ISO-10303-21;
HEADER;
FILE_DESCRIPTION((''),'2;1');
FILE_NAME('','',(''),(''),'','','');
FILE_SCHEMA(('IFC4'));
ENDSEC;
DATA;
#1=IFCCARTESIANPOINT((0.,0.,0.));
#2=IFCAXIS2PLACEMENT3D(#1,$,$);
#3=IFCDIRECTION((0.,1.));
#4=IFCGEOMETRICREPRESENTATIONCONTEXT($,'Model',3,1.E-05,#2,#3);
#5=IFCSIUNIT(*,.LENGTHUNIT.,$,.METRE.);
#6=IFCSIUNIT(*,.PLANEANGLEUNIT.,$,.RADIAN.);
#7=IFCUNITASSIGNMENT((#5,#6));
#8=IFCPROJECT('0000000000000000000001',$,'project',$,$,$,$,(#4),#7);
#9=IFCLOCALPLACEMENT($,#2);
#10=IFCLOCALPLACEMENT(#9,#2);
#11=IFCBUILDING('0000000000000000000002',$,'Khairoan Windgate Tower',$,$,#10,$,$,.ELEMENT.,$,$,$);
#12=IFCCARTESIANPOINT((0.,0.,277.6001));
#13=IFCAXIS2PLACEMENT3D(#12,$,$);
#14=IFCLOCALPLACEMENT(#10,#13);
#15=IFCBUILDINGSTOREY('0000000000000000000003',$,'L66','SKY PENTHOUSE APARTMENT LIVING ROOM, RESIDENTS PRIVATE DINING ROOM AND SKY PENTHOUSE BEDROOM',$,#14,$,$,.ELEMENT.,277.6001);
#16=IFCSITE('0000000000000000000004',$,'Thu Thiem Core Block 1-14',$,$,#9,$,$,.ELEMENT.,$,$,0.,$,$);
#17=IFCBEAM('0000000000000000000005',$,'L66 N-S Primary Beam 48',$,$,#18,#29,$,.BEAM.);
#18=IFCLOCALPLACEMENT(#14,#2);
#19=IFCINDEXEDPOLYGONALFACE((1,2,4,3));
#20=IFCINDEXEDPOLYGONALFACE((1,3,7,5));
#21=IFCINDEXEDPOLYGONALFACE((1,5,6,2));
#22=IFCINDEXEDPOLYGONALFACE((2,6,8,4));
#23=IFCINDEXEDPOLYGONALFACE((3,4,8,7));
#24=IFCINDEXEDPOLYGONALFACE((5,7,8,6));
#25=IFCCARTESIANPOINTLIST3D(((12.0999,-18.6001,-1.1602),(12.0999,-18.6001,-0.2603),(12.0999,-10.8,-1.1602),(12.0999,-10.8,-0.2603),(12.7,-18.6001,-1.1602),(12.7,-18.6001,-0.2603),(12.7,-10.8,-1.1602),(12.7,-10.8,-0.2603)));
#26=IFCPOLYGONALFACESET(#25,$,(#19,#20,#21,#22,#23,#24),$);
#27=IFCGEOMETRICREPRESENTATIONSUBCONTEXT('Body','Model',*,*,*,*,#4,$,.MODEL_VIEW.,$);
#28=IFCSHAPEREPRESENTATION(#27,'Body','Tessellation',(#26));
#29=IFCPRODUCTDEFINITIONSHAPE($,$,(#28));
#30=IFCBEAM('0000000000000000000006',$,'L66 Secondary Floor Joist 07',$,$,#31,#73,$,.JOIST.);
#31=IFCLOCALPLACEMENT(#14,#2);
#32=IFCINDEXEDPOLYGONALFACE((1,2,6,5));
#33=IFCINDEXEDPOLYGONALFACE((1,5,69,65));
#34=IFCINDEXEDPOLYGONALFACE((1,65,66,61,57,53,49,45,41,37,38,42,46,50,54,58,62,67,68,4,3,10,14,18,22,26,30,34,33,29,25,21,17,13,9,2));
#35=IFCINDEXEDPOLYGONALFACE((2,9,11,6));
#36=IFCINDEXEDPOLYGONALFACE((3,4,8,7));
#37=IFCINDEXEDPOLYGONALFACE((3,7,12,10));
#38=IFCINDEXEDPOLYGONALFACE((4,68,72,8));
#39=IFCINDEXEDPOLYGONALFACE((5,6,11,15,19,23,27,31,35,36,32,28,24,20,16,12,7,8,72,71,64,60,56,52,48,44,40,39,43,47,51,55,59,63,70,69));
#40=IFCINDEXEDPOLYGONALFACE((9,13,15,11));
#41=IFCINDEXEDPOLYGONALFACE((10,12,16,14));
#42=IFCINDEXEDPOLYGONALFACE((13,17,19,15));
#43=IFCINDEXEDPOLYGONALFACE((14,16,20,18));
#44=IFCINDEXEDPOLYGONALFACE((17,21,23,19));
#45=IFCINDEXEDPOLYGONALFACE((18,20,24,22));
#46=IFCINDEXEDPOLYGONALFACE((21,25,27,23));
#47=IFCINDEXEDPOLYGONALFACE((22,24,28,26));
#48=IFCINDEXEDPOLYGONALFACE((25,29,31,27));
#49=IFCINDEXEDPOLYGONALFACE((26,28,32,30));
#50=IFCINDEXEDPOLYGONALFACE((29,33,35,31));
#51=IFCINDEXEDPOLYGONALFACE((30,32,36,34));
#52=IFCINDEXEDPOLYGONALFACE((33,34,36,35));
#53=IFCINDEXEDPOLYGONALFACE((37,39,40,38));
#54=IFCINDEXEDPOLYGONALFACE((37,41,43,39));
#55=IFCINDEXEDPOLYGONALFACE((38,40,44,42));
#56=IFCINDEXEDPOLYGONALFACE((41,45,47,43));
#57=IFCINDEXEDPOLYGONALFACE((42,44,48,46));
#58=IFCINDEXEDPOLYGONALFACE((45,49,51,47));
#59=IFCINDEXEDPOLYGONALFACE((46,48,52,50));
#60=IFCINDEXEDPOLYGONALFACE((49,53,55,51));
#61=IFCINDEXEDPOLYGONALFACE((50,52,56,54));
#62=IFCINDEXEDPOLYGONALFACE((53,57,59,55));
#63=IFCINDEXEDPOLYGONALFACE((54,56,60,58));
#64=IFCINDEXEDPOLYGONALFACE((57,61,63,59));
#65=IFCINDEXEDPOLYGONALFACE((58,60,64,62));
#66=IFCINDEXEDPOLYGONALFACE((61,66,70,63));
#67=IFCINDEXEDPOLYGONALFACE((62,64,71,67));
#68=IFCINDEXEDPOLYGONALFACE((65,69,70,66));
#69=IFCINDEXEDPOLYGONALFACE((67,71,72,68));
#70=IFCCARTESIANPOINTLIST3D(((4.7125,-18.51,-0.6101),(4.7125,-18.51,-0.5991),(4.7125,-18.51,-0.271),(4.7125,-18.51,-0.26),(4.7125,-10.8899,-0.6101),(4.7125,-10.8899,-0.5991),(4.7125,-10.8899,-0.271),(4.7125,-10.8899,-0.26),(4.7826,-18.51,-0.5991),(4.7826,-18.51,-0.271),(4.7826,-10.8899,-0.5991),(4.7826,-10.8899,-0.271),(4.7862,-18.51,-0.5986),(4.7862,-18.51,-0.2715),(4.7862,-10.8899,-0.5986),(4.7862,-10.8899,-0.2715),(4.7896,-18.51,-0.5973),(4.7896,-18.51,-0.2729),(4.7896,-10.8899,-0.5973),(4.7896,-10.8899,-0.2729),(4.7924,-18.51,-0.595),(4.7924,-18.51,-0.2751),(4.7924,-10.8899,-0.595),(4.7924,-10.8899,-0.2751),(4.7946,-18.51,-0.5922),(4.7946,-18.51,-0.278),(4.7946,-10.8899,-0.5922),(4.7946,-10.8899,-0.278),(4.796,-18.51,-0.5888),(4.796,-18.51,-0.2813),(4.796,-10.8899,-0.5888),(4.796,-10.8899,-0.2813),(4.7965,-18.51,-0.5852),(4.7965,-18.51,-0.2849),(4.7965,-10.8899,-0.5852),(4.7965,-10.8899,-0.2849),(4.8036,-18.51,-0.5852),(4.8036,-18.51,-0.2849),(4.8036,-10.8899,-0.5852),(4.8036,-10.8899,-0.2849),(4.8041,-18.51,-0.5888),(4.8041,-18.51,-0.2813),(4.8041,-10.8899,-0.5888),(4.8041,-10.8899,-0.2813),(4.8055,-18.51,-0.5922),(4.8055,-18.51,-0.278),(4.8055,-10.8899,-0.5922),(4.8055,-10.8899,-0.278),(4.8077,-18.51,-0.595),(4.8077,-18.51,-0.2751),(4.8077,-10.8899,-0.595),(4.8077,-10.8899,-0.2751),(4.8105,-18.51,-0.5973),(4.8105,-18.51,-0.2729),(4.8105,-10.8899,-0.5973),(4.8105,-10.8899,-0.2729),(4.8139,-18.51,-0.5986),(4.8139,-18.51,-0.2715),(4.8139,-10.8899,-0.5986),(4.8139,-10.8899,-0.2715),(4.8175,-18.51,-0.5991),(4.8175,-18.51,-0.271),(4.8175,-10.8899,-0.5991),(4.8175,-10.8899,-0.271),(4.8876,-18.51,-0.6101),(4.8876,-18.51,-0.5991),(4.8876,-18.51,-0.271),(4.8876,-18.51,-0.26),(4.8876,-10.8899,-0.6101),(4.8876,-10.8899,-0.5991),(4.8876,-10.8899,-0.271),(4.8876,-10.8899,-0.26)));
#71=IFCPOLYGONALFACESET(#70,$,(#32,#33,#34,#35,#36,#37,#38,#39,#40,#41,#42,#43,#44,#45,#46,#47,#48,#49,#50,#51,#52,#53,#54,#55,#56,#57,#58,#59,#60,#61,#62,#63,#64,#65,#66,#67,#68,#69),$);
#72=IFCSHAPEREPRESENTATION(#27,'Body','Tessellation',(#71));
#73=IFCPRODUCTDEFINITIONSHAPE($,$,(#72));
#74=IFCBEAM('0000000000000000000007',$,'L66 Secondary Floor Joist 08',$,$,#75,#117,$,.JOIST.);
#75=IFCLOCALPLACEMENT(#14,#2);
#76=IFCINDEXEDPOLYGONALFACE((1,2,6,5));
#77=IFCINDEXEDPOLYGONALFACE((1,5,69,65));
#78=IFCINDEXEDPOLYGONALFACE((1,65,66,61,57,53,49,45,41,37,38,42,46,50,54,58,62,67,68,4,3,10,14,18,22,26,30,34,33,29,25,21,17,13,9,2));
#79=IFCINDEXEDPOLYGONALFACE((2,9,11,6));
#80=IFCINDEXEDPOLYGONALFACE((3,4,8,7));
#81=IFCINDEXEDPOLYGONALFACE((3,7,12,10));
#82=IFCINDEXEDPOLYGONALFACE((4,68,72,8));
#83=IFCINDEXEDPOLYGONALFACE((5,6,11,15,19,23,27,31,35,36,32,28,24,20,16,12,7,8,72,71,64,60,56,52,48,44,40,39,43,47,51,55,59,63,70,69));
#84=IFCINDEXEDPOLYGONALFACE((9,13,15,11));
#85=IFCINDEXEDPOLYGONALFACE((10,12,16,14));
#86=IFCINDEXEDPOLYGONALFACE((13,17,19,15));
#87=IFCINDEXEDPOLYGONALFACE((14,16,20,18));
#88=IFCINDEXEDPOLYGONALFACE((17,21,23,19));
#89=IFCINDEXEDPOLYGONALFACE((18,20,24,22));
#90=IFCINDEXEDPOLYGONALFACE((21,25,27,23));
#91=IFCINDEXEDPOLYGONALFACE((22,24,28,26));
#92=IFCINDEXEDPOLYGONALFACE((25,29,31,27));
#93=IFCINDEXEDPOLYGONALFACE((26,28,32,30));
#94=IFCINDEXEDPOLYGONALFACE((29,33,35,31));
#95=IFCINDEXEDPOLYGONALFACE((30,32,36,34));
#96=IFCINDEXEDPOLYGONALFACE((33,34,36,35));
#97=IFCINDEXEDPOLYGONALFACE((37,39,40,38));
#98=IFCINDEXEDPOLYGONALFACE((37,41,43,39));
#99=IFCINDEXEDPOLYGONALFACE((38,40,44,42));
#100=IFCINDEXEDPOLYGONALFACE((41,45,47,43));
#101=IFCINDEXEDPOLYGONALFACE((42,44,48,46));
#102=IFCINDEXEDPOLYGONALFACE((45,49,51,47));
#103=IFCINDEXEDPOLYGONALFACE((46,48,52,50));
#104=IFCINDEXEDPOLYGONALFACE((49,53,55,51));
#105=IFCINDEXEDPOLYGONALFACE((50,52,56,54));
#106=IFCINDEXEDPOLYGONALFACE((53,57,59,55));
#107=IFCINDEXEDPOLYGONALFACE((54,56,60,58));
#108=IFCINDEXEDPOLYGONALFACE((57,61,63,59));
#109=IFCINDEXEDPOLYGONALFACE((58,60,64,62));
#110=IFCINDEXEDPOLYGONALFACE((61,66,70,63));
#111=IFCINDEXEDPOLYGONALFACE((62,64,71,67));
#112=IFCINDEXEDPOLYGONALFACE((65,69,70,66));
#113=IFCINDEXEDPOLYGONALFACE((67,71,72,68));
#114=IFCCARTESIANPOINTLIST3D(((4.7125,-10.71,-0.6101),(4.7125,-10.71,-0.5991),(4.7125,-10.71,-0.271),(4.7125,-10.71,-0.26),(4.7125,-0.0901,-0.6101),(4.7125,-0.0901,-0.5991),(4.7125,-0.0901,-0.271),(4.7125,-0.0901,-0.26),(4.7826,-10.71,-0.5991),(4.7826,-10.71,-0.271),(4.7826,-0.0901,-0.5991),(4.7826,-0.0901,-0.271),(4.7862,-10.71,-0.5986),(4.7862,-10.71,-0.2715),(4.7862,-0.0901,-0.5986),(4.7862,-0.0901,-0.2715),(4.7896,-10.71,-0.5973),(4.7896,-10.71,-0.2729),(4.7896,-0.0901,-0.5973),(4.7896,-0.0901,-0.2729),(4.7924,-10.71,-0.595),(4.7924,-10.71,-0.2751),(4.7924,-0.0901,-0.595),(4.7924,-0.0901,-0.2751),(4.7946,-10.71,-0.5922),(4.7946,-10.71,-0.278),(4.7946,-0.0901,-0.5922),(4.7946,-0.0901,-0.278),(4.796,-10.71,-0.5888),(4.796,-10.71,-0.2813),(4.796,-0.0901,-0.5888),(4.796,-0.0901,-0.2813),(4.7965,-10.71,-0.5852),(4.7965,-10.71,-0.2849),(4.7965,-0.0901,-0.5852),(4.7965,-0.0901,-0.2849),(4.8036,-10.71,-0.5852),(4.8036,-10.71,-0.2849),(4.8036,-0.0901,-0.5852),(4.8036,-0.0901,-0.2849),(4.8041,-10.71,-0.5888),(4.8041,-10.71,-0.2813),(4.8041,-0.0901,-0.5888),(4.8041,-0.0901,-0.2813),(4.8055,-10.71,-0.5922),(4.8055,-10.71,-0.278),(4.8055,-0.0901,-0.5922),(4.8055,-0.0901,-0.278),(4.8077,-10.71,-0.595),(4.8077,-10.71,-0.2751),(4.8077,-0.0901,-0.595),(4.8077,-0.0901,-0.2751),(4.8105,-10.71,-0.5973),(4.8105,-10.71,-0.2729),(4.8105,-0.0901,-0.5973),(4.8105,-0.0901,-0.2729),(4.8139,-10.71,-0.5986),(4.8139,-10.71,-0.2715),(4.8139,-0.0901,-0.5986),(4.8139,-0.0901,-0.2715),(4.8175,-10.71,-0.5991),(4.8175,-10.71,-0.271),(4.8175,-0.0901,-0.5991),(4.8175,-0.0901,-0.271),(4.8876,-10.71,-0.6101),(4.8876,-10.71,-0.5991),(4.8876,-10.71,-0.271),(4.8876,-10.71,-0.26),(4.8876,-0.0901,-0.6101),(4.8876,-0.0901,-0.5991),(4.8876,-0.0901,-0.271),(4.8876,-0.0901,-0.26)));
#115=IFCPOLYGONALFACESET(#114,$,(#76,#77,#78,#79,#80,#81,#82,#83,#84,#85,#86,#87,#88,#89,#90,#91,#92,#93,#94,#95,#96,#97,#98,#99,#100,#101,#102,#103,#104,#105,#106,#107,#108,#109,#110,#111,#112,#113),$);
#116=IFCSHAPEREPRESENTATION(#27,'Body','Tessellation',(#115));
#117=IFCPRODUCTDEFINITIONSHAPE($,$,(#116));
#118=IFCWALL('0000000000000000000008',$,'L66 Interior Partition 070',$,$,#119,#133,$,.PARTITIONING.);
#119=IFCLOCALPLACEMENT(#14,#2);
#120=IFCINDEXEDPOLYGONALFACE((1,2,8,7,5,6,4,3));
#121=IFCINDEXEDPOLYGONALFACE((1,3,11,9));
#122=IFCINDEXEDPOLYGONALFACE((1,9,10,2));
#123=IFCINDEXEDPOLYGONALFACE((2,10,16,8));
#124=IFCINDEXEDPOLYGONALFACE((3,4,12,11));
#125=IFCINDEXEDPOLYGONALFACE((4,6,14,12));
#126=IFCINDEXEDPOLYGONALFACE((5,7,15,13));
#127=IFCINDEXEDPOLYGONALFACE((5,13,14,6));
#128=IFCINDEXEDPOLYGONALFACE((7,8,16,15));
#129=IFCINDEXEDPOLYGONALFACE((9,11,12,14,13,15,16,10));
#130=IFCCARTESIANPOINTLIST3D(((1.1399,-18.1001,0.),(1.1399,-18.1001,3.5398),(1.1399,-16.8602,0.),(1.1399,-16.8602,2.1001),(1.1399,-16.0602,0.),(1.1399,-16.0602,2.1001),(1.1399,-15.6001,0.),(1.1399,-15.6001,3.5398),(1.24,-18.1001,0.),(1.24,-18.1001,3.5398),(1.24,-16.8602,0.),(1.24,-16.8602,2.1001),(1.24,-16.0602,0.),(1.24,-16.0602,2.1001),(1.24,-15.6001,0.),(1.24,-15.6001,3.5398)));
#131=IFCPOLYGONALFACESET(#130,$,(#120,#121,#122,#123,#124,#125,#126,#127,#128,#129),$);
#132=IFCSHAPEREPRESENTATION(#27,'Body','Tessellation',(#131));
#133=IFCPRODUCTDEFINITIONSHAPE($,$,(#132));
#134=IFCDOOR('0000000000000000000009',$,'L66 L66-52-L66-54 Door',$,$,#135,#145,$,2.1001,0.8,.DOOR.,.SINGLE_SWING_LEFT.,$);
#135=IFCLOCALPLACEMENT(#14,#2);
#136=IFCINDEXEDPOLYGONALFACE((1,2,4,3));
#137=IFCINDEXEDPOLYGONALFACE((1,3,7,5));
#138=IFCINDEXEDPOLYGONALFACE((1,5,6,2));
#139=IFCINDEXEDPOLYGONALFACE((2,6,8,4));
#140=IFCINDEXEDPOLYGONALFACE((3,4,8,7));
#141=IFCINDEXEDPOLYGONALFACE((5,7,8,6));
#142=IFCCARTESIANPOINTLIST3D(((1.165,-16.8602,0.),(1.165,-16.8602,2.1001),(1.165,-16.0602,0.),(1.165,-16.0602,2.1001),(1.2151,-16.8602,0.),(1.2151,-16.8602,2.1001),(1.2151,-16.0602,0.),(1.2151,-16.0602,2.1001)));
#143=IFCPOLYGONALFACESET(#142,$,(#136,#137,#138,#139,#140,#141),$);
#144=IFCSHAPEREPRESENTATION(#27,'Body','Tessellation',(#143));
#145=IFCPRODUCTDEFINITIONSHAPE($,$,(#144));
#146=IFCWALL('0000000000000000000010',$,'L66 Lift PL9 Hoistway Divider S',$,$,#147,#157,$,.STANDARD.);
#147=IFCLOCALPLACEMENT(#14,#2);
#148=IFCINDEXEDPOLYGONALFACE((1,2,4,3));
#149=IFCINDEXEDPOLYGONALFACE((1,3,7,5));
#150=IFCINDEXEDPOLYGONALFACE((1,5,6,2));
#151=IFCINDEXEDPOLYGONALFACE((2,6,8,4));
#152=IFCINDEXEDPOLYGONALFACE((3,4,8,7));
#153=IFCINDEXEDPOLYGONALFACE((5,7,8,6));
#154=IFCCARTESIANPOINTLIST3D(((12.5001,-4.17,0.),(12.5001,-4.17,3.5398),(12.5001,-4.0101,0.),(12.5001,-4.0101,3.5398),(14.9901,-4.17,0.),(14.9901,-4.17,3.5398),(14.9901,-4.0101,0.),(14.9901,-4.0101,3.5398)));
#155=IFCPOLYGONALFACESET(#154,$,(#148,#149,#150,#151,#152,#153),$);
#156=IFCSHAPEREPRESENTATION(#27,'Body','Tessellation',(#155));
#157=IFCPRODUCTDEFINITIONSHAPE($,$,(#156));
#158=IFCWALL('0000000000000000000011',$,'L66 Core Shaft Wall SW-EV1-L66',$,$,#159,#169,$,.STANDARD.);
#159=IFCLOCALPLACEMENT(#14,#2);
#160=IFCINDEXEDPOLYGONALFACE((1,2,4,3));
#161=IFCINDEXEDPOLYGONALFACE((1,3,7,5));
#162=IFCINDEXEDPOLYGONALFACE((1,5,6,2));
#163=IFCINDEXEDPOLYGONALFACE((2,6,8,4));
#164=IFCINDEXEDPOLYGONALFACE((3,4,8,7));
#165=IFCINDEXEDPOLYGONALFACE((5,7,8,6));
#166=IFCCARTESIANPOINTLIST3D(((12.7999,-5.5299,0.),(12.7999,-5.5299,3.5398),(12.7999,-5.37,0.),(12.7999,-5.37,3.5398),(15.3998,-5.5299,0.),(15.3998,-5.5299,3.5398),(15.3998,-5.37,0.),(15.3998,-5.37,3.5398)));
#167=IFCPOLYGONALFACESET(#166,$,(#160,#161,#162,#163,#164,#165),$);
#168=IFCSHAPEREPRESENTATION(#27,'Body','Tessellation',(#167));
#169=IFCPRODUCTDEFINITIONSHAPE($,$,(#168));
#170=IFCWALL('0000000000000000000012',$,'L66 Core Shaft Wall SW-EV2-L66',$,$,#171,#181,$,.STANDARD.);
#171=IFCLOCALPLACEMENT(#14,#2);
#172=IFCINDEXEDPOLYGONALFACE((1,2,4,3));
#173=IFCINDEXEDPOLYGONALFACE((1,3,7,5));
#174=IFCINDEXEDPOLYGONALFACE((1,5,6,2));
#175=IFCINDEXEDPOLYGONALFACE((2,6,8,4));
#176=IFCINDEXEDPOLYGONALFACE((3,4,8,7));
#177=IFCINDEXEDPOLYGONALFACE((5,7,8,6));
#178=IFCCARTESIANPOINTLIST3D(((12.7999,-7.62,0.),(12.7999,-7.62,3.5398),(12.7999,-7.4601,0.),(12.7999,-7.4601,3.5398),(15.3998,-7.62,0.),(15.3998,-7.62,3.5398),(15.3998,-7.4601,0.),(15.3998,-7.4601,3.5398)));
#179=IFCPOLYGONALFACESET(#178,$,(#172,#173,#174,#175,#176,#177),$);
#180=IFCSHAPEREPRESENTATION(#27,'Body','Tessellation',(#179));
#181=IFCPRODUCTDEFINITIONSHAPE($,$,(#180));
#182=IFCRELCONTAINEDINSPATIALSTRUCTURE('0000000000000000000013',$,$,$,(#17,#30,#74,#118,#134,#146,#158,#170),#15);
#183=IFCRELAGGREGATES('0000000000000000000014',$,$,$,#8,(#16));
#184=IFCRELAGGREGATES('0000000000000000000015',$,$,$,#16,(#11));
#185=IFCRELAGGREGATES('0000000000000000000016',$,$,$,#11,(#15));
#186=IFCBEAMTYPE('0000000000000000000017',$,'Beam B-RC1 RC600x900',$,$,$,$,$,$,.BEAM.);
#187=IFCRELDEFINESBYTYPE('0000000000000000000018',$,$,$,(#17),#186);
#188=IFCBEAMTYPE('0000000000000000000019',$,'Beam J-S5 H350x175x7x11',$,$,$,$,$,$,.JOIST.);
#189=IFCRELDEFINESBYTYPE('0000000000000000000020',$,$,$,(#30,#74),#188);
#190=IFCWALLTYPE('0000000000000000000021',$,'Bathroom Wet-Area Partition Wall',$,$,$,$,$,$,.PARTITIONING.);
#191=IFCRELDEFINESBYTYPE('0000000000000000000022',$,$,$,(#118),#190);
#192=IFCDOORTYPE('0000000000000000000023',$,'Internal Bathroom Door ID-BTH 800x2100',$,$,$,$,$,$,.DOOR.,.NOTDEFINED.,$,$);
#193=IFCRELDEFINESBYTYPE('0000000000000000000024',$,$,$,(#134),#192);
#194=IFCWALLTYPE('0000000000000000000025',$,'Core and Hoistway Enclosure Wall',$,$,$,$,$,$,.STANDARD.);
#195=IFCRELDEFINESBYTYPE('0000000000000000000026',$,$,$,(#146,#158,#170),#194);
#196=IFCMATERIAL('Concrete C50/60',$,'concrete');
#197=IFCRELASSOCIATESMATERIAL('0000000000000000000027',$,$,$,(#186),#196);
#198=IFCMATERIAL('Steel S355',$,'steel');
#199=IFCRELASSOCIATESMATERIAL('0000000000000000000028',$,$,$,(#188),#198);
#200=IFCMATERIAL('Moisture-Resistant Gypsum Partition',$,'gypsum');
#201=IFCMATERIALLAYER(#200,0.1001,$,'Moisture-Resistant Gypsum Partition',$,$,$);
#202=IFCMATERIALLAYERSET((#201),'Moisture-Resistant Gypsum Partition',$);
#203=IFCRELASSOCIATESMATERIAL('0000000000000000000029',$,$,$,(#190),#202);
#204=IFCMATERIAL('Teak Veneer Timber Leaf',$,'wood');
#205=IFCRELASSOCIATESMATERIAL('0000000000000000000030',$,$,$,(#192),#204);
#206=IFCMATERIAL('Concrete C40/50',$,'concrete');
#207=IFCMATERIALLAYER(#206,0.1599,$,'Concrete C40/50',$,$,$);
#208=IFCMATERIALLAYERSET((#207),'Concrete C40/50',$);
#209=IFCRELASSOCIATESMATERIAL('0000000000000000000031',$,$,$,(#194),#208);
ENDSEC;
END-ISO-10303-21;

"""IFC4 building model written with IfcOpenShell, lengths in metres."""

from ifc_helpers import new_model, si_unit, direction, frame, frame_2d, origin, origin_2d, place, context, subcontext, project, spatial, rectangle, i_section, extrude, material, layer, layer_set, material_profile, profile_set, type_object, element, fill, save


model = new_model("IFC4")

# Units and contexts
model_context = context("Model", 3, precision=1e-05, world=origin(), true_north=direction((0.0, 1.0)))
body_context = subcontext(model_context, "Body", "Model", "MODEL_VIEW")
ifc_project = project(units=[si_unit("LENGTHUNIT", "METRE"), si_unit("PLANEANGLEUNIT", "RADIAN")], contexts=[model_context])

# Site, building, storey
site_placement = place(None, origin())
site = spatial("IfcSite", under=ifc_project, at=site_placement, Name="Thu Thiem Core Block 1-14", CompositionType="ELEMENT", RefElevation=0.0)
building_placement = place(site_placement, origin())
building = spatial("IfcBuilding", under=site, at=building_placement, Name="Khairoan Windgate Tower", CompositionType="ELEMENT")
storey_placement = place(building_placement, frame((0.0, 0.0, 277.6001)))
storey = spatial("IfcBuildingStorey", under=building, at=storey_placement, Name="L66", Description="SKY PENTHOUSE APARTMENT LIVING ROOM, RESIDENTS PRIVATE DINING ROOM AND SKY PENTHOUSE BEDROOM", CompositionType="ELEMENT", Elevation=277.6001)

# Beams
ifc_material_1 = material(Name="Concrete C50/60", Category="concrete")
ifc_material_profile_1 = material_profile(ifc_material_1, rectangle(XDim=0.6001, YDim=0.8999, at=origin_2d()))
ifc_profile_set_1 = profile_set([ifc_material_profile_1], Name="Concrete C50/60")
beam_type_1 = type_object("IfcBeamType", Name="Beam B-RC1 RC600x900", PredefinedType="BEAM", material=ifc_profile_set_1)
beam_1_placement = place(storey_placement, frame((12.3999, -18.6001, -0.7102), z_axis=(0.0, 1.0, 0.0), x_axis=(-1.0, 0.0, 0.0)))
element("IfcBeam", 1, at=beam_1_placement, inside=storey, type_object=beam_type_1, Name="L66 N-S Primary Beam 48", PredefinedType="BEAM", context=body_context, shape_type="SweptSolid", body=[
    extrude(rectangle(XDim=0.6001, YDim=0.8999, at=origin_2d()), origin(), (0.0, 0.0, 1.0), 7.8),
])
ifc_material_2 = material(Name="Steel S355", Category="steel")
ifc_material_profile_2 = material_profile(ifc_material_2, i_section(OverallWidth=0.175, OverallDepth=0.3501, WebThickness=0.0071, FlangeThickness=0.011, FilletRadius=0.0139, at=origin_2d()))
ifc_profile_set_2 = profile_set([ifc_material_profile_2], Name="Steel S355")
beam_type_2 = type_object("IfcBeamType", Name="Beam J-S5 H350x175x7x11", PredefinedType="JOIST", material=ifc_profile_set_2)
beam_2_placement = place(storey_placement, frame((4.8, -18.51, -0.4351), z_axis=(0.0, 1.0, 0.0), x_axis=(-1.0, 0.0, 0.0)))
element("IfcBeam", 2, at=beam_2_placement, inside=storey, type_object=beam_type_2, Name="L66 Secondary Floor Joist 07", PredefinedType="JOIST", context=body_context, shape_type="SweptSolid", body=[
    extrude(i_section(OverallWidth=0.175, OverallDepth=0.3501, WebThickness=0.0071, FlangeThickness=0.011, FilletRadius=0.0139, at=origin_2d()), origin(), (0.0, 0.0, 1.0), 7.6201),
])
beam_3_placement = place(storey_placement, frame((4.8, -10.71, -0.4351), z_axis=(0.0, 1.0, 0.0), x_axis=(-1.0, 0.0, 0.0)))
element("IfcBeam", 3, at=beam_3_placement, inside=storey, type_object=beam_type_2, Name="L66 Secondary Floor Joist 08", PredefinedType="JOIST", context=body_context, shape_type="SweptSolid", body=[
    extrude(i_section(OverallWidth=0.175, OverallDepth=0.3501, WebThickness=0.0071, FlangeThickness=0.011, FilletRadius=0.0139, at=origin_2d()), origin(), (0.0, 0.0, 1.0), 10.6199),
])

# Wall, opening, door
ifc_material_3 = material(Name="Moisture-Resistant Gypsum Partition", Category="gypsum")
ifc_layer_1 = layer(ifc_material_3, 0.1001, Name="Moisture-Resistant Gypsum Partition")
ifc_layer_set_1 = layer_set([ifc_layer_1], Name="Moisture-Resistant Gypsum Partition")
wall_type_1 = type_object("IfcWallType", Name="Bathroom Wet-Area Partition Wall", PredefinedType="PARTITIONING", material=ifc_layer_set_1)
wall_1_placement = place(storey_placement, frame((1.1899, -18.1001, 0.0), z_axis=(0.0, 0.0, 1.0), x_axis=(0.0, 1.0, 0.0)))
wall_1 = element("IfcWall", 4, at=wall_1_placement, inside=storey, type_object=wall_type_1, Name="L66 Interior Partition 070", PredefinedType="PARTITIONING", context=body_context, shape_type="SweptSolid", body=[
    extrude(rectangle(XDim=2.5, YDim=0.1001, at=frame_2d((1.25, 0.0))), origin(), (0.0, 0.0, 1.0), 3.5398),
])
opening_1_placement = place(wall_1_placement, frame((1.24, 0.0, 0.0)))
opening_1 = element("IfcOpeningElement", 5, at=opening_1_placement, cuts=wall_1, PredefinedType="OPENING", context=body_context, shape_type="SweptSolid", body=[
    extrude(rectangle(XDim=0.8, YDim=2.1001, at=frame_2d((0.3999, 1.05))), frame((0.0, 0.0601, 0.0), z_axis=(0.0, -1.0, 0.0), x_axis=(1.0, 0.0, 0.0)), (0.0, 0.0, 1.0), 0.1201),
])
ifc_material_4 = material(Name="Teak Veneer Timber Leaf", Category="wood")
door_type_1 = type_object("IfcDoorType", Name="Internal Bathroom Door ID-BTH 800x2100", OperationType="NOTDEFINED", PredefinedType="DOOR", material=ifc_material_4)
door_1_placement = place(opening_1_placement, origin())
door_1 = element("IfcDoor", 6, at=door_1_placement, inside=storey, type_object=door_type_1, Name="L66 L66-52-L66-54 Door", OperationType="SINGLE_SWING_LEFT", OverallHeight=2.1001, OverallWidth=0.8, PredefinedType="DOOR", context=body_context, shape_type="SweptSolid", body=[
    extrude(rectangle(XDim=0.8, YDim=2.1001, at=frame_2d((0.3999, 1.05))), frame((0.0, 0.0249, 0.0), z_axis=(0.0, -1.0, 0.0), x_axis=(1.0, 0.0, 0.0)), (0.0, 0.0, 1.0), 0.05),
])
fill(opening_1, door_1)

# Walls
ifc_material_5 = material(Name="Concrete C40/50", Category="concrete")
ifc_layer_2 = layer(ifc_material_5, 0.1599, Name="Concrete C40/50")
ifc_layer_set_2 = layer_set([ifc_layer_2], Name="Concrete C40/50")
wall_type_2 = type_object("IfcWallType", Name="Core and Hoistway Enclosure Wall", PredefinedType="STANDARD", material=ifc_layer_set_2)
wall_2_placement = place(storey_placement, frame((12.5, -4.0901, 0.0), z_axis=(0.0, 0.0, 1.0), x_axis=(1.0, 0.0, 0.0)))
element("IfcWall", 7, at=wall_2_placement, inside=storey, type_object=wall_type_2, Name="L66 Lift PL9 Hoistway Divider S", PredefinedType="STANDARD", context=body_context, shape_type="SweptSolid", body=[
    extrude(rectangle(XDim=2.49, YDim=0.1599, at=frame_2d((1.2451, 0.0))), origin(), (0.0, 0.0, 1.0), 3.5398),
])
for number, where, z_axis, x_axis, name in (
    (8, (12.8, -5.45, 0.0), (0.0, 0.0, 1.0), (1.0, 0.0, 0.0), "L66 Core Shaft Wall SW-EV1-L66"),
    (9, (12.8, -7.54, 0.0), (0.0, 0.0, 1.0), (1.0, 0.0, 0.0), "L66 Core Shaft Wall SW-EV2-L66"),
):
    element("IfcWall", number, at=place(storey_placement, frame(where, z_axis=z_axis, x_axis=x_axis)), inside=storey, type_object=wall_type_2, Name=name, PredefinedType="STANDARD", context=body_context, shape_type="SweptSolid", body=[
        extrude(rectangle(XDim=2.5999, YDim=0.1599, at=frame_2d((1.2998, 0.0))), origin(), (0.0, 0.0, 1.0), 3.5398),
    ])

save(model, "model.ifc")
